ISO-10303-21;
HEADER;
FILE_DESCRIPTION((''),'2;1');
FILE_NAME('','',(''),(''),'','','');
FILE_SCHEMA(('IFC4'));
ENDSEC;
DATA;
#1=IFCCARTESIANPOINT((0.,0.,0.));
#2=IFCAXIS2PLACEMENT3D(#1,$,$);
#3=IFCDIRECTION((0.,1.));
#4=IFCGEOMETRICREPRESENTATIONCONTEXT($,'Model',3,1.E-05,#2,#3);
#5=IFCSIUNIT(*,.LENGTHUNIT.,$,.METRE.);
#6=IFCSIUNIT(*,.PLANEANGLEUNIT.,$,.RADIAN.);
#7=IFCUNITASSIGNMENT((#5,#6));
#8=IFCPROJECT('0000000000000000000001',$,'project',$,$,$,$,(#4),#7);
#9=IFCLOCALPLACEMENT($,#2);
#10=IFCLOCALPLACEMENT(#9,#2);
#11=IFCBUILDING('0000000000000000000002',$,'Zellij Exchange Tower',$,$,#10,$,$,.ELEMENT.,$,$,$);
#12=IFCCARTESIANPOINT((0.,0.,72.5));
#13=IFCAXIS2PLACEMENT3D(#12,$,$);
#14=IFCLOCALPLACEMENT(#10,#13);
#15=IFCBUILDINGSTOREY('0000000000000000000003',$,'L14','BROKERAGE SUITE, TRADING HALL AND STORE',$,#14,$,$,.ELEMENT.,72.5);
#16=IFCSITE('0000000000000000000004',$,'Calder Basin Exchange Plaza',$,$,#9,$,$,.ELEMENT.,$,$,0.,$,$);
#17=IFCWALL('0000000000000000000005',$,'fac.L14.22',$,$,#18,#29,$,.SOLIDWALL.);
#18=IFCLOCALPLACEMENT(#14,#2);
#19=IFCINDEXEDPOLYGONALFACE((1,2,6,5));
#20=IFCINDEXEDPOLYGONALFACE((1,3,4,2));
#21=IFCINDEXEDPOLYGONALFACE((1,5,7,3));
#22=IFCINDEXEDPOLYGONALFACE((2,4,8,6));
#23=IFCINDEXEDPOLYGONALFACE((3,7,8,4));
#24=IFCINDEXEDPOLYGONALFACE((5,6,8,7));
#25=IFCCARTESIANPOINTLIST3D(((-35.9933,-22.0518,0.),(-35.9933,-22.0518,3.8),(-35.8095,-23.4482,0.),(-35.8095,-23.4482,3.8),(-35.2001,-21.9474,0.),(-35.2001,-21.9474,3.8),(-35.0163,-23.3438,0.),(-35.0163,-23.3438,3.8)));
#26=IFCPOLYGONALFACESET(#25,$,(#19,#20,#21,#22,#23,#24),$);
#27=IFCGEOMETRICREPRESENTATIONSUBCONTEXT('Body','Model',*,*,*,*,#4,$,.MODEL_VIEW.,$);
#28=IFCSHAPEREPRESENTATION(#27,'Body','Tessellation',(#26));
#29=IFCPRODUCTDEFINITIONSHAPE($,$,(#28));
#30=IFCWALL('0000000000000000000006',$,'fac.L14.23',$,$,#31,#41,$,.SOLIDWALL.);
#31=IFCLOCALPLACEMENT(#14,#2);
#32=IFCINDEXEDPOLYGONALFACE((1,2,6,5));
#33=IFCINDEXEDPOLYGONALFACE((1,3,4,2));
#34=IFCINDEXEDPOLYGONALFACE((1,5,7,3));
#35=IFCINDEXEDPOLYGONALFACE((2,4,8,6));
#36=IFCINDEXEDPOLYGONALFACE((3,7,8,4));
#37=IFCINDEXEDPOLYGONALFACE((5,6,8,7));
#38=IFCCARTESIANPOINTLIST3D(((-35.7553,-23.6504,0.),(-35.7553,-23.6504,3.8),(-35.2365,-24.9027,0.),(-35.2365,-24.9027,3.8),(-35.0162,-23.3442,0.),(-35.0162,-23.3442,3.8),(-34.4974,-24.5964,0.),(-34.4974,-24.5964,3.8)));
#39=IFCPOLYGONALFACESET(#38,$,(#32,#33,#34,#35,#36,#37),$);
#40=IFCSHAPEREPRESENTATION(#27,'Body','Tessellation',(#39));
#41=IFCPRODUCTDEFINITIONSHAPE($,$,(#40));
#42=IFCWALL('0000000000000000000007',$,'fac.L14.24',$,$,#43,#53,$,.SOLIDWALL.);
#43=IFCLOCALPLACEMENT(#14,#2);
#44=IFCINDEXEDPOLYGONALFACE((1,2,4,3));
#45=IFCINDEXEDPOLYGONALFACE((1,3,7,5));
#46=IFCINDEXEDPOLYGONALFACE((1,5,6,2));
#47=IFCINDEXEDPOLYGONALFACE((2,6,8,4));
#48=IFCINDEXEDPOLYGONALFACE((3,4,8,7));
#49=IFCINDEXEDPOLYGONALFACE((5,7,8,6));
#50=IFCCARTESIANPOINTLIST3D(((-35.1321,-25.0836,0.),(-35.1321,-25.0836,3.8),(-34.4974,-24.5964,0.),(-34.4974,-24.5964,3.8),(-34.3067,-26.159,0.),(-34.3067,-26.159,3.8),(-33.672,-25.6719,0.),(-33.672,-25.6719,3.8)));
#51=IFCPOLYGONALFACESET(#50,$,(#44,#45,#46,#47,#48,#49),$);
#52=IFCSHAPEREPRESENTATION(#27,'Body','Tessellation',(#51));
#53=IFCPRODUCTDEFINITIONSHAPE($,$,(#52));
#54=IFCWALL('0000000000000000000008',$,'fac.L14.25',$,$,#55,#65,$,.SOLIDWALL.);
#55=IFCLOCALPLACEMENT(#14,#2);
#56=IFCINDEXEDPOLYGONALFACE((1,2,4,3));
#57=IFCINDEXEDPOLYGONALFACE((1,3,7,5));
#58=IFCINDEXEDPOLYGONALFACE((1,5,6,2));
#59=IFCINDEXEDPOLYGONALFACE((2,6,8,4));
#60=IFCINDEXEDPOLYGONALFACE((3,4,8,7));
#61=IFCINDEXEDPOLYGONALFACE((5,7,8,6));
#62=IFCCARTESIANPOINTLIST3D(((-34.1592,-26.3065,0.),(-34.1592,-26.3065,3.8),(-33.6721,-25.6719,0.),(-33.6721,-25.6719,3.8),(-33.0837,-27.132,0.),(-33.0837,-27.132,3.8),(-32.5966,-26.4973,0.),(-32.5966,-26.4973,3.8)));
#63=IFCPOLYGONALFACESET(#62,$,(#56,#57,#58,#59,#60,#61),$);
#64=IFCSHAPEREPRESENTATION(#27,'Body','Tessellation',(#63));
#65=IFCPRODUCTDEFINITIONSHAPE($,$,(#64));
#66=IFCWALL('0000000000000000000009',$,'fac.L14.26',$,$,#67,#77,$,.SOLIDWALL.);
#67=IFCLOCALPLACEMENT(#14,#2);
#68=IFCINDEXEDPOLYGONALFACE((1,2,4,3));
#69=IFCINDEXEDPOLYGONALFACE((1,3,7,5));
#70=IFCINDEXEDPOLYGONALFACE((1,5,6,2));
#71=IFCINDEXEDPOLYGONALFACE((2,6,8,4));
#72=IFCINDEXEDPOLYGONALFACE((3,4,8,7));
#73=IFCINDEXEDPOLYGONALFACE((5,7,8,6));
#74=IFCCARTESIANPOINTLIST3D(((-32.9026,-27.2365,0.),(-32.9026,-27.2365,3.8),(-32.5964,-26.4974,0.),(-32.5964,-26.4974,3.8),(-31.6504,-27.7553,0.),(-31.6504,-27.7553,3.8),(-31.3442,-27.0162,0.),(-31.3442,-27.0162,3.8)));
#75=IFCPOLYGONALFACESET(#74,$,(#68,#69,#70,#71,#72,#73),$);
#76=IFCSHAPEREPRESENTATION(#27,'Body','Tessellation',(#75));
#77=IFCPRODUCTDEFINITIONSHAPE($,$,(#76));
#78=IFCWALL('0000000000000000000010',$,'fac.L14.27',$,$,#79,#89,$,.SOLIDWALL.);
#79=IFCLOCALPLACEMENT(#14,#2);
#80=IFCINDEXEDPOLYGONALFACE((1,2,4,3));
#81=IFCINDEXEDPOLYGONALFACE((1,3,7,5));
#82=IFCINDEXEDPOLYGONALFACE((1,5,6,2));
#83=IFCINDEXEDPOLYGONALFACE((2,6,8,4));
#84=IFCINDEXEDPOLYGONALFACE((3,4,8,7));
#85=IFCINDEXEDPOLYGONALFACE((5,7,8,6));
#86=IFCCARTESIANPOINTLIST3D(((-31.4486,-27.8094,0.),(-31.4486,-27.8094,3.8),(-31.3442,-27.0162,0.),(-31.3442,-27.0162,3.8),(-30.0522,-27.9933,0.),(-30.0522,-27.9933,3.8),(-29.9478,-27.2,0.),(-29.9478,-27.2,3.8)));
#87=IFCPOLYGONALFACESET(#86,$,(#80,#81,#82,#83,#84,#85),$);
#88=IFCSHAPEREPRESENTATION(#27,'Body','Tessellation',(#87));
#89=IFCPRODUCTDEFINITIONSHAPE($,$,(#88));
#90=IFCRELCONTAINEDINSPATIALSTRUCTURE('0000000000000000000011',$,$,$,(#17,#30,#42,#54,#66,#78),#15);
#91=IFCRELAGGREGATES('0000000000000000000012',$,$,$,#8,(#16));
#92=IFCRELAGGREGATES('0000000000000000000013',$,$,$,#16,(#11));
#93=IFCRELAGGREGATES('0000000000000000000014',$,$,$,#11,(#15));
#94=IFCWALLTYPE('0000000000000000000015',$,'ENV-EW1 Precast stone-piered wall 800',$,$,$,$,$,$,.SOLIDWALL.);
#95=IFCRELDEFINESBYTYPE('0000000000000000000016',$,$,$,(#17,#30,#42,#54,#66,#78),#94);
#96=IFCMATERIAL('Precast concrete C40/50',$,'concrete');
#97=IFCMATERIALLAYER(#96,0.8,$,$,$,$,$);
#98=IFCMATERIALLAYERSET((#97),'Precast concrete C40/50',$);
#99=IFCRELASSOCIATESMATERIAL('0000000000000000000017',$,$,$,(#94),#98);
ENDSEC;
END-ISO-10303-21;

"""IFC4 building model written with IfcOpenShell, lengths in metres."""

from ifc_helpers import new_model, si_unit, direction, frame, frame_2d, origin, place, context, subcontext, project, spatial, rectangle, extrude, material, layer, layer_set, type_object, element, save


model = new_model("IFC4")

# Units and contexts
model_context = context("Model", 3, precision=1e-05, world=origin(), true_north=direction((0.0, 1.0)))
body_context = subcontext(model_context, "Body", "Model", "MODEL_VIEW")
ifc_project = project(units=[si_unit("LENGTHUNIT", "METRE"), si_unit("PLANEANGLEUNIT", "RADIAN")], contexts=[model_context])

# Site, building, storey
site_placement = place(None, origin())
site = spatial("IfcSite", under=ifc_project, at=site_placement, Name="Calder Basin Exchange Plaza", CompositionType="ELEMENT", RefElevation=0.0)
building_placement = place(site_placement, origin())
building = spatial("IfcBuilding", under=site, at=building_placement, Name="Zellij Exchange Tower", CompositionType="ELEMENT")
storey_placement = place(building_placement, frame((0.0, 0.0, 72.5)))
storey = spatial("IfcBuildingStorey", under=building, at=storey_placement, Name="L14", Description="BROKERAGE SUITE, TRADING HALL AND STORE", CompositionType="ELEMENT", Elevation=72.5)

# Walls
ifc_material_1 = material(Name="Precast concrete C40/50", Category="concrete")
ifc_layer = layer(ifc_material_1, 0.8)
ifc_layer_set = layer_set([ifc_layer], Name="Precast concrete C40/50")
wall_type = type_object("IfcWallType", Name="ENV-EW1 Precast stone-piered wall 800", PredefinedType="SOLIDWALL", material=ifc_layer_set)
wall_1_placement = place(storey_placement, frame((-35.5967, -21.9998, 0.0), z_axis=(0.0, 0.0, 1.0), x_axis=(0.130517, -0.991446, 0.0)))
element("IfcWall", 1, at=wall_1_placement, inside=storey, type_object=wall_type, Name="fac.L14.22", PredefinedType="SOLIDWALL", context=body_context, shape_type="SweptSolid", body=[
    extrude(rectangle(XDim=1.4084, YDim=0.8, at=frame_2d((0.7041, 0.0))), origin(), (0.0, 0.0, 1.0), 3.8),
])
wall_2_placement = place(storey_placement, frame((-35.3857, -23.4973, 0.0), z_axis=(0.0, 0.0, 1.0), x_axis=(0.38276, -0.923848, 0.0)))
element("IfcWall", 2, at=wall_2_placement, inside=storey, type_object=wall_type, Name="fac.L14.23", PredefinedType="SOLIDWALL", context=body_context, shape_type="SweptSolid", body=[
    extrude(rectangle(XDim=1.3555, YDim=0.8, at=frame_2d((0.6777, 0.0))), origin(), (0.0, 0.0, 1.0), 3.8),
])
for number, where, z_axis, x_axis, name in (
    (3, (-34.8147, -24.8401, 0.0), (0.0, 0.0, 1.0), (0.608866, -0.793273, 0.0), "fac.L14.24"),
    (4, (-33.9155, -25.9893, 0.0), (0.0, 0.0, 1.0), (0.793273, -0.608866, 0.0), "fac.L14.25"),
):
    element("IfcWall", number, at=place(storey_placement, frame(where, z_axis=z_axis, x_axis=x_axis)), inside=storey, type_object=wall_type, Name=name, PredefinedType="SOLIDWALL", context=body_context, shape_type="SweptSolid", body=[
        extrude(rectangle(XDim=1.3557, YDim=0.8, at=frame_2d((0.6777, 0.0))), origin(), (0.0, 0.0, 1.0), 3.8),
    ])
wall_3_placement = place(storey_placement, frame((-32.7495, -26.8669, 0.0), z_axis=(0.0, 0.0, 1.0), x_axis=(0.923848, -0.38276, 0.0)))
element("IfcWall", 5, at=wall_3_placement, inside=storey, type_object=wall_type, Name="fac.L14.26", PredefinedType="SOLIDWALL", context=body_context, shape_type="SweptSolid", body=[
    extrude(rectangle(XDim=1.3555, YDim=0.8, at=frame_2d((0.6777, 0.0))), origin(), (0.0, 0.0, 1.0), 3.8),
])
wall_4_placement = place(storey_placement, frame((-31.3962, -27.4128, 0.0), z_axis=(0.0, 0.0, 1.0), x_axis=(0.991446, -0.130517, 0.0)))
element("IfcWall", 6, at=wall_4_placement, inside=storey, type_object=wall_type, Name="fac.L14.27", PredefinedType="SOLIDWALL", context=body_context, shape_type="SweptSolid", body=[
    extrude(rectangle(XDim=1.4084, YDim=0.8, at=frame_2d((0.7041, 0.0))), origin(), (0.0, 0.0, 1.0), 3.8),
])

save(model, "model.ifc")
